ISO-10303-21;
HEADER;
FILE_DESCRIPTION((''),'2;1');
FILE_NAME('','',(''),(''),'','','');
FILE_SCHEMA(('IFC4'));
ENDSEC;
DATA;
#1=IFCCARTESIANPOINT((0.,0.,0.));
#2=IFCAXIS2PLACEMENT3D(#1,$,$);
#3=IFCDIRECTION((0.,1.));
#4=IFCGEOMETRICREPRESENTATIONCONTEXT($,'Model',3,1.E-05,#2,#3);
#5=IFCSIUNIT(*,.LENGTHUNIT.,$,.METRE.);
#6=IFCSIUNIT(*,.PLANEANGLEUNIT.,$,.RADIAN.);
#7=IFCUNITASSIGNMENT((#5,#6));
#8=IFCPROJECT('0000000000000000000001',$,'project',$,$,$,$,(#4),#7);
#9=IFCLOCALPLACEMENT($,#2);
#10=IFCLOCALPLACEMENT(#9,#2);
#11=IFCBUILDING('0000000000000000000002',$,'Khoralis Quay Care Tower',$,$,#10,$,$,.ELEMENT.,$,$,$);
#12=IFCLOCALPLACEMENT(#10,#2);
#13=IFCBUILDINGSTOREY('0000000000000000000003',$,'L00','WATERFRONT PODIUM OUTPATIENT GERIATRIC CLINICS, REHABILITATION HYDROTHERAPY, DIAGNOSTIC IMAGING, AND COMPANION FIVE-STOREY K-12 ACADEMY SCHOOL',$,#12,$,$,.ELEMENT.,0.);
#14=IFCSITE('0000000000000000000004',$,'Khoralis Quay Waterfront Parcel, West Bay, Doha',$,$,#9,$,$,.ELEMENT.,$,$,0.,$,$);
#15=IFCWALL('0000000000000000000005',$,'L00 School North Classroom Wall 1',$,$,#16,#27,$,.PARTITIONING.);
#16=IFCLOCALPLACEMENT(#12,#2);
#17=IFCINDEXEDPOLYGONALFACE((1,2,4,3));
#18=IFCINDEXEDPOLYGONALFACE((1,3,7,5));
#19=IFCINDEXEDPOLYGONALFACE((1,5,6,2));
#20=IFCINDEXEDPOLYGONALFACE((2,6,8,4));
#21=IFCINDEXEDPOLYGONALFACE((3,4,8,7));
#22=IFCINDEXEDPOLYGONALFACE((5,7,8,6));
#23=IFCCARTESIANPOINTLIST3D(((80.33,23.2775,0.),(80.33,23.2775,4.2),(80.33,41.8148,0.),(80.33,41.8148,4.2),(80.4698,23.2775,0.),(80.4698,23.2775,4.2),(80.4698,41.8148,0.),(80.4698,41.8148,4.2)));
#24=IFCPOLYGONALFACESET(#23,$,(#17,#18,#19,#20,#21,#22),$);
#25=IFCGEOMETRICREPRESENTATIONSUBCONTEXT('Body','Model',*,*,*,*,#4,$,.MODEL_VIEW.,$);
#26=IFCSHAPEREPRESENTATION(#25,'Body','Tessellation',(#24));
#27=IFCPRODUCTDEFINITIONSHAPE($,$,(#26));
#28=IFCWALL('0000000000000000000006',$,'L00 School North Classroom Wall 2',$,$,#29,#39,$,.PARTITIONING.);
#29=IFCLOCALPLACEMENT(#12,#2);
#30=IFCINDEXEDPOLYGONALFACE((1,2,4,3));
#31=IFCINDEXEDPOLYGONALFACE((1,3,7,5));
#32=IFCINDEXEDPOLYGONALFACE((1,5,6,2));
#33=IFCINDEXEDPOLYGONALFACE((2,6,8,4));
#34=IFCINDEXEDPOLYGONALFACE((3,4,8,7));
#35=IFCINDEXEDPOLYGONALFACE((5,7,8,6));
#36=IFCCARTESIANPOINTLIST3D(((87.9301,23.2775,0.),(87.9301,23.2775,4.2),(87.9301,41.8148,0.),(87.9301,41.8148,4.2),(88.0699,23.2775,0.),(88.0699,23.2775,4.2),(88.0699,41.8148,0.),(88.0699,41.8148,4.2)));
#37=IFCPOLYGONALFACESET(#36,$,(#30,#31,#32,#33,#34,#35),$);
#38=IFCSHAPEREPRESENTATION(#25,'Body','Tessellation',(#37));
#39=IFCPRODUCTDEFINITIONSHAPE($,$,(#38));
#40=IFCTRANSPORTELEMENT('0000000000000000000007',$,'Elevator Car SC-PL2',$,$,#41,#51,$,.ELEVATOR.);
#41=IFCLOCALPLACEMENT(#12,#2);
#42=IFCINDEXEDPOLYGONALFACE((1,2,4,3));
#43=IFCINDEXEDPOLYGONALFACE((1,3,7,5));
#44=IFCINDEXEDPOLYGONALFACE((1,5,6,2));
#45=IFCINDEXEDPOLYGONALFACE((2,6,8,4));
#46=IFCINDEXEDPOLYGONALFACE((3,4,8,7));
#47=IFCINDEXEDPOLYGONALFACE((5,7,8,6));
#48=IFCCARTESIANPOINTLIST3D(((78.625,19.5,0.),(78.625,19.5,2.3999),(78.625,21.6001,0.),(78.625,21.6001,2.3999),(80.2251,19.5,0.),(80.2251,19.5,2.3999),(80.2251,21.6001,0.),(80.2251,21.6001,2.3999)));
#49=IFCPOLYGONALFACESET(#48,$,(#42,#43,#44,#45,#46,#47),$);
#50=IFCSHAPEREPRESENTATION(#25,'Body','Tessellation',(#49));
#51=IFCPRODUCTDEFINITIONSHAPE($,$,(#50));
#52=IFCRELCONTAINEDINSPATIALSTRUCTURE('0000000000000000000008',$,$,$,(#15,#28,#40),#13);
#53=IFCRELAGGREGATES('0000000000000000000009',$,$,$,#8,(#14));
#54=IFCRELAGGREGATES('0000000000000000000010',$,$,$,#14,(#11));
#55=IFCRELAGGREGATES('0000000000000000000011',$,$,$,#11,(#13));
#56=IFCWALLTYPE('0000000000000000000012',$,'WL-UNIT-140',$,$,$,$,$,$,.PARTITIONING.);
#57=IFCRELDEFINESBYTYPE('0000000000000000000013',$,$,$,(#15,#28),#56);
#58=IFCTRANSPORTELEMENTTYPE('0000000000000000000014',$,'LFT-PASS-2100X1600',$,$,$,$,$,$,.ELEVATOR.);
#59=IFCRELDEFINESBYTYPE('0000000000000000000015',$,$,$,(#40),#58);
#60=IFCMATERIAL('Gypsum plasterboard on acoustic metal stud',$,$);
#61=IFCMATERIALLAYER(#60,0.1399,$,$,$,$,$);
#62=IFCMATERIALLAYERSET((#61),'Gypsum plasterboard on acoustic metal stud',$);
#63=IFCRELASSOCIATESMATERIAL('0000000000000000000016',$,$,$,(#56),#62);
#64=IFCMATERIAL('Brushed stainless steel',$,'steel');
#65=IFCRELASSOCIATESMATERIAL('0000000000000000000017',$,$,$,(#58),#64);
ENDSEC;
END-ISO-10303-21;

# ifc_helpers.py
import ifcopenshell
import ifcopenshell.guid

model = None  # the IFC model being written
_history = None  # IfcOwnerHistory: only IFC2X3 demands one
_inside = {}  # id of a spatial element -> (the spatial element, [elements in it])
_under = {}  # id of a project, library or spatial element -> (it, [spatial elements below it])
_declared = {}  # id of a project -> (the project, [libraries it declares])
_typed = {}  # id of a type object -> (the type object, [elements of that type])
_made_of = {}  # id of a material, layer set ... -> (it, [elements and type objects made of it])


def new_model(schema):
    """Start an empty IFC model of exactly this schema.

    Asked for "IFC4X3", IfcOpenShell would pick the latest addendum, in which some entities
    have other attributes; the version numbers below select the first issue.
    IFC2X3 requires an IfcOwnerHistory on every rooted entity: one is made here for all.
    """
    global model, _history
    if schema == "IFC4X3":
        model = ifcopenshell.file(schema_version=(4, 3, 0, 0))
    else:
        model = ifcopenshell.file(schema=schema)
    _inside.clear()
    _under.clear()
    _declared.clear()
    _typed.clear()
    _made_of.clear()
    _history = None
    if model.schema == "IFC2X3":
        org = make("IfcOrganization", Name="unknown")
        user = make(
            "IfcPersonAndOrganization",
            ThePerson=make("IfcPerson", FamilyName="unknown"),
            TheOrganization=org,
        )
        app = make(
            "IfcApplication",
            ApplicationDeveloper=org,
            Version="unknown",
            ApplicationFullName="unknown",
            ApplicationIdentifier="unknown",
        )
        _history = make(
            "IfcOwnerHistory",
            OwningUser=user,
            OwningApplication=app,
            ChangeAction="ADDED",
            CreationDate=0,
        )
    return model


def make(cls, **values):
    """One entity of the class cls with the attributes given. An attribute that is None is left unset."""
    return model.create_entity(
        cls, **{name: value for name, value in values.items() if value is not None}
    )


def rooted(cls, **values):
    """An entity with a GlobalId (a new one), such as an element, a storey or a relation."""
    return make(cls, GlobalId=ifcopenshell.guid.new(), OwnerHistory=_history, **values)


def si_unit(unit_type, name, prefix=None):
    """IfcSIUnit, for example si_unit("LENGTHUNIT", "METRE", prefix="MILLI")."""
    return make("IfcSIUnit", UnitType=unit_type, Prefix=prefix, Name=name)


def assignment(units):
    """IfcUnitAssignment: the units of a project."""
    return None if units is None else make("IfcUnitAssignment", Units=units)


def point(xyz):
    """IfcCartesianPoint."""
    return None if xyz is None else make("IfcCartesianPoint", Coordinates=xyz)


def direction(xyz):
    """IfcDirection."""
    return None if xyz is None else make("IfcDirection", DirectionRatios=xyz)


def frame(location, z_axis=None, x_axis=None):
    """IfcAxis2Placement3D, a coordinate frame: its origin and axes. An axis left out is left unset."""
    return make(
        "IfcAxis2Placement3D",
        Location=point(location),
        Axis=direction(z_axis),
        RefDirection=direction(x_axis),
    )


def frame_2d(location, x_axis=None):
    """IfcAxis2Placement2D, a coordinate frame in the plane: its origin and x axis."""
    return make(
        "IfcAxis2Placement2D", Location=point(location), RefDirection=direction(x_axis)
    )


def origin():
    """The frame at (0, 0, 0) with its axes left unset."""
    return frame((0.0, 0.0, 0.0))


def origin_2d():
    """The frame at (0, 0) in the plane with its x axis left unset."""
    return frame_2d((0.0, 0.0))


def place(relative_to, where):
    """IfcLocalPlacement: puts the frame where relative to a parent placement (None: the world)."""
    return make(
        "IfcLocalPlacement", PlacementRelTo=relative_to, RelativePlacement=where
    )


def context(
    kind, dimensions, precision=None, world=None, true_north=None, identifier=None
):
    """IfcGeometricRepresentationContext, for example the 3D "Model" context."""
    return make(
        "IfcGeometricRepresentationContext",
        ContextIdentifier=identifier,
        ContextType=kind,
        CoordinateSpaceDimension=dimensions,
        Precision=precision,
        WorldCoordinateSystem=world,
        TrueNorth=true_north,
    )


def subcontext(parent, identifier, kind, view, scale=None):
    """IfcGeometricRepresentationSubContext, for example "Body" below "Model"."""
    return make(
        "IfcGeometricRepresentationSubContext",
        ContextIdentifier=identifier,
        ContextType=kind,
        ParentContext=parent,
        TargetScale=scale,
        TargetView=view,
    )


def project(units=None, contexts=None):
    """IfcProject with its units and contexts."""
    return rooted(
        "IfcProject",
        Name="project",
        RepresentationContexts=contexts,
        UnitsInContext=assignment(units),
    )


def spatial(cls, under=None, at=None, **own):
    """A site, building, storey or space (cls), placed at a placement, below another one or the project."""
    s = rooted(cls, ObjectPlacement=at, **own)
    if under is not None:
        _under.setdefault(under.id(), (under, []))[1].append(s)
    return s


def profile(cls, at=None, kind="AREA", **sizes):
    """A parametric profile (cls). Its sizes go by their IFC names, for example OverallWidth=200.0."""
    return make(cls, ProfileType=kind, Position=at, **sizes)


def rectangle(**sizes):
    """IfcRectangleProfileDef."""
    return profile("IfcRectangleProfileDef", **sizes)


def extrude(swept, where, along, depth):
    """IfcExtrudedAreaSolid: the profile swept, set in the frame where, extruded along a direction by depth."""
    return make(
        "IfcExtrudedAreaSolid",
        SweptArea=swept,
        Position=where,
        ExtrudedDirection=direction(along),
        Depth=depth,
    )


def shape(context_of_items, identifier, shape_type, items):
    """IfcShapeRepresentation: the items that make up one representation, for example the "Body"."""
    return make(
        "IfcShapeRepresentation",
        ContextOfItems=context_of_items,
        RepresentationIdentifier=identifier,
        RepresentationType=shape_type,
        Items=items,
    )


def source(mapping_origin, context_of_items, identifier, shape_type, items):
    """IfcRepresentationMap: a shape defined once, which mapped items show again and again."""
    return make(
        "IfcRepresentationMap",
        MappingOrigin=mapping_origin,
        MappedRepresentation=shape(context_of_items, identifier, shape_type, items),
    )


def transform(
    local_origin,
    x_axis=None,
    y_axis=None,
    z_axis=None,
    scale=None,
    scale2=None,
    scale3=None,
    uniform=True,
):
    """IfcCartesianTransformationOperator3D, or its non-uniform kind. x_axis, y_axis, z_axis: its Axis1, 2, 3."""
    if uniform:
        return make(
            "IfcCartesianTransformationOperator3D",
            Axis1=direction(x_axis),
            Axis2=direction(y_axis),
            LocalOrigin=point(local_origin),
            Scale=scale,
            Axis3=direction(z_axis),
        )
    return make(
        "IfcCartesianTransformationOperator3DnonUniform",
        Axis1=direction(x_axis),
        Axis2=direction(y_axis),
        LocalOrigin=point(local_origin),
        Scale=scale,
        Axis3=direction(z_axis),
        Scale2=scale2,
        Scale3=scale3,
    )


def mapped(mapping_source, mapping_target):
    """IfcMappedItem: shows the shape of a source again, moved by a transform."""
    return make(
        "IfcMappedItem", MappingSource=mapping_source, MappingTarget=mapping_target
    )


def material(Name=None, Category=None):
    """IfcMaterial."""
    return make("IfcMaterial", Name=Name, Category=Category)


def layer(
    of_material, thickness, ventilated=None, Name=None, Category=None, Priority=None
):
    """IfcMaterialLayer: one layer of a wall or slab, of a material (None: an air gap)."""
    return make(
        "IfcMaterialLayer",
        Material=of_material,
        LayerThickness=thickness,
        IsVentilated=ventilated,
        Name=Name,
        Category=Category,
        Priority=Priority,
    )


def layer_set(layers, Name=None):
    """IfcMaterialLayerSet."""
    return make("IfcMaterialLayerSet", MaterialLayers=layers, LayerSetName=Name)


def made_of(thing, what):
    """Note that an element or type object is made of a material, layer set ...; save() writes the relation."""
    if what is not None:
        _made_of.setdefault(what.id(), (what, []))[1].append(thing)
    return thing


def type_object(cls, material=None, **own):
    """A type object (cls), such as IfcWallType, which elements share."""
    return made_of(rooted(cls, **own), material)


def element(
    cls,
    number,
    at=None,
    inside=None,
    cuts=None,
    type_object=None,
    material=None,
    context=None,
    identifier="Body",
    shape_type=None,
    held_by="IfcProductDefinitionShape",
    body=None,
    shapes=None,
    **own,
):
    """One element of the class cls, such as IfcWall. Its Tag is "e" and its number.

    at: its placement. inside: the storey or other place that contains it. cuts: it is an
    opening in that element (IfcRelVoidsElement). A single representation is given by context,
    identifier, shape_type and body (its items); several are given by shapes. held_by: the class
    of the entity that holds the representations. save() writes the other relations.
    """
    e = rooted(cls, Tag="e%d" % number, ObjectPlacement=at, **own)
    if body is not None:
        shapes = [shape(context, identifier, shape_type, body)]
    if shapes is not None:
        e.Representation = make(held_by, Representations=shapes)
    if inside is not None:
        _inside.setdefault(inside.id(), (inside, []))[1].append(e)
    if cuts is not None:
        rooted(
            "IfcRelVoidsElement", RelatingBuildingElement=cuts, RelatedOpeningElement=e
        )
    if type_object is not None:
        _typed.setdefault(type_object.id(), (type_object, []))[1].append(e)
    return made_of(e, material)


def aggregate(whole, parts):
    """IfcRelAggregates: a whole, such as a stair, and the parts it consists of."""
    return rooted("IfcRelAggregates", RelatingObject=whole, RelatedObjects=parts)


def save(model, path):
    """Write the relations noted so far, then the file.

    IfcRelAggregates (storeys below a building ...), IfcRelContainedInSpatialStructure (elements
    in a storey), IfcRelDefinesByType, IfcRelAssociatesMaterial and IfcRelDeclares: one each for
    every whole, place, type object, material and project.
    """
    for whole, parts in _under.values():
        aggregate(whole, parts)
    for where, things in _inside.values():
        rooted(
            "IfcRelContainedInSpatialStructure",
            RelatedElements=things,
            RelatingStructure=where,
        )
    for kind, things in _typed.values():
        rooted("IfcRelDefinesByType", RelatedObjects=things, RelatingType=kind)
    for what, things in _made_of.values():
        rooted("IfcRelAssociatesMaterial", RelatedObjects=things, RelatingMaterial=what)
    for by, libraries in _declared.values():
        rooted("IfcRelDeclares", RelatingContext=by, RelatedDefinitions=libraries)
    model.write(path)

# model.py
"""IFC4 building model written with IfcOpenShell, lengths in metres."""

from ifc_helpers import new_model, si_unit, direction, frame, frame_2d, origin, origin_2d, place, context, subcontext, project, spatial, rectangle, extrude, source, transform, mapped, material, layer, layer_set, type_object, element, save


model = new_model("IFC4")

# Units and contexts
model_context = context("Model", 3, precision=1e-05, world=origin(), true_north=direction((0.0, 1.0)))
body_context = subcontext(model_context, "Body", "Model", "MODEL_VIEW")
ifc_project = project(units=[si_unit("LENGTHUNIT", "METRE"), si_unit("PLANEANGLEUNIT", "RADIAN")], contexts=[model_context])

# Site, building, storey
site_placement = place(None, origin())
site = spatial("IfcSite", under=ifc_project, at=site_placement, Name="Khoralis Quay Waterfront Parcel, West Bay, Doha", CompositionType="ELEMENT", RefElevation=0.0)
building_placement = place(site_placement, origin())
building = spatial("IfcBuilding", under=site, at=building_placement, Name="Khoralis Quay Care Tower", CompositionType="ELEMENT")
storey_placement = place(building_placement, origin())
storey = spatial("IfcBuildingStorey", under=building, at=storey_placement, Name="L00", Description="WATERFRONT PODIUM OUTPATIENT GERIATRIC CLINICS, REHABILITATION HYDROTHERAPY, DIAGNOSTIC IMAGING, AND COMPANION FIVE-STOREY K-12 ACADEMY SCHOOL", CompositionType="ELEMENT", Elevation=0.0)

# Walls
ifc_material_1 = material(Name="Gypsum plasterboard on acoustic metal stud")
ifc_layer_1 = layer(ifc_material_1, 0.1399)
ifc_layer_set_1 = layer_set([ifc_layer_1], Name="Gypsum plasterboard on acoustic metal stud")
wall_type_1 = type_object("IfcWallType", Name="WL-UNIT-140", PredefinedType="PARTITIONING", material=ifc_layer_set_1)
for number, where, z_axis, x_axis, name in (
    (1, (80.3999, 23.2776, 0.0), (0.0, 0.0, 1.0), (0.0, 1.0, 0.0), "L00 School North Classroom Wall 1"),
    (2, (88.0, 23.2776, 0.0), (0.0, 0.0, 1.0), (0.0, 1.0, 0.0), "L00 School North Classroom Wall 2"),
):
    element("IfcWall", number, at=place(storey_placement, frame(where, z_axis=z_axis, x_axis=x_axis)), inside=storey, type_object=wall_type_1, Name=name, PredefinedType="PARTITIONING", context=body_context, shape_type="SweptSolid", body=[
        extrude(rectangle(XDim=18.5374, YDim=0.1399, at=frame_2d((9.2686, 0.0))), origin(), (0.0, 0.0, 1.0), 4.2),
    ])

# Transport element
ifc_material_2 = material(Name="Brushed stainless steel", Category="steel")
transport_element_type = type_object("IfcTransportElementType", Name="LFT-PASS-2100X1600", PredefinedType="ELEVATOR", material=ifc_material_2)
shared_shape_1 = source(origin(), body_context, "Body", "SweptSolid", [
    extrude(rectangle(XDim=2.1001, YDim=1.6001, at=origin_2d()), origin(), (0.0, 0.0, 1.0), 2.3999),
])
transport_element_placement = place(storey_placement, frame((79.425, 20.55, 0.0), z_axis=(0.0, 0.0, 1.0), x_axis=(0.0, 1.0, 0.0)))
element("IfcTransportElement", 3, at=transport_element_placement, inside=storey, type_object=transport_element_type, Name="Elevator Car SC-PL2", PredefinedType="ELEVATOR", context=body_context, shape_type="MappedRepresentation", body=[
    mapped(shared_shape_1, transform((0.0, 0.0, 0.0), scale=1.0)),
])

save(model, "model.ifc")
